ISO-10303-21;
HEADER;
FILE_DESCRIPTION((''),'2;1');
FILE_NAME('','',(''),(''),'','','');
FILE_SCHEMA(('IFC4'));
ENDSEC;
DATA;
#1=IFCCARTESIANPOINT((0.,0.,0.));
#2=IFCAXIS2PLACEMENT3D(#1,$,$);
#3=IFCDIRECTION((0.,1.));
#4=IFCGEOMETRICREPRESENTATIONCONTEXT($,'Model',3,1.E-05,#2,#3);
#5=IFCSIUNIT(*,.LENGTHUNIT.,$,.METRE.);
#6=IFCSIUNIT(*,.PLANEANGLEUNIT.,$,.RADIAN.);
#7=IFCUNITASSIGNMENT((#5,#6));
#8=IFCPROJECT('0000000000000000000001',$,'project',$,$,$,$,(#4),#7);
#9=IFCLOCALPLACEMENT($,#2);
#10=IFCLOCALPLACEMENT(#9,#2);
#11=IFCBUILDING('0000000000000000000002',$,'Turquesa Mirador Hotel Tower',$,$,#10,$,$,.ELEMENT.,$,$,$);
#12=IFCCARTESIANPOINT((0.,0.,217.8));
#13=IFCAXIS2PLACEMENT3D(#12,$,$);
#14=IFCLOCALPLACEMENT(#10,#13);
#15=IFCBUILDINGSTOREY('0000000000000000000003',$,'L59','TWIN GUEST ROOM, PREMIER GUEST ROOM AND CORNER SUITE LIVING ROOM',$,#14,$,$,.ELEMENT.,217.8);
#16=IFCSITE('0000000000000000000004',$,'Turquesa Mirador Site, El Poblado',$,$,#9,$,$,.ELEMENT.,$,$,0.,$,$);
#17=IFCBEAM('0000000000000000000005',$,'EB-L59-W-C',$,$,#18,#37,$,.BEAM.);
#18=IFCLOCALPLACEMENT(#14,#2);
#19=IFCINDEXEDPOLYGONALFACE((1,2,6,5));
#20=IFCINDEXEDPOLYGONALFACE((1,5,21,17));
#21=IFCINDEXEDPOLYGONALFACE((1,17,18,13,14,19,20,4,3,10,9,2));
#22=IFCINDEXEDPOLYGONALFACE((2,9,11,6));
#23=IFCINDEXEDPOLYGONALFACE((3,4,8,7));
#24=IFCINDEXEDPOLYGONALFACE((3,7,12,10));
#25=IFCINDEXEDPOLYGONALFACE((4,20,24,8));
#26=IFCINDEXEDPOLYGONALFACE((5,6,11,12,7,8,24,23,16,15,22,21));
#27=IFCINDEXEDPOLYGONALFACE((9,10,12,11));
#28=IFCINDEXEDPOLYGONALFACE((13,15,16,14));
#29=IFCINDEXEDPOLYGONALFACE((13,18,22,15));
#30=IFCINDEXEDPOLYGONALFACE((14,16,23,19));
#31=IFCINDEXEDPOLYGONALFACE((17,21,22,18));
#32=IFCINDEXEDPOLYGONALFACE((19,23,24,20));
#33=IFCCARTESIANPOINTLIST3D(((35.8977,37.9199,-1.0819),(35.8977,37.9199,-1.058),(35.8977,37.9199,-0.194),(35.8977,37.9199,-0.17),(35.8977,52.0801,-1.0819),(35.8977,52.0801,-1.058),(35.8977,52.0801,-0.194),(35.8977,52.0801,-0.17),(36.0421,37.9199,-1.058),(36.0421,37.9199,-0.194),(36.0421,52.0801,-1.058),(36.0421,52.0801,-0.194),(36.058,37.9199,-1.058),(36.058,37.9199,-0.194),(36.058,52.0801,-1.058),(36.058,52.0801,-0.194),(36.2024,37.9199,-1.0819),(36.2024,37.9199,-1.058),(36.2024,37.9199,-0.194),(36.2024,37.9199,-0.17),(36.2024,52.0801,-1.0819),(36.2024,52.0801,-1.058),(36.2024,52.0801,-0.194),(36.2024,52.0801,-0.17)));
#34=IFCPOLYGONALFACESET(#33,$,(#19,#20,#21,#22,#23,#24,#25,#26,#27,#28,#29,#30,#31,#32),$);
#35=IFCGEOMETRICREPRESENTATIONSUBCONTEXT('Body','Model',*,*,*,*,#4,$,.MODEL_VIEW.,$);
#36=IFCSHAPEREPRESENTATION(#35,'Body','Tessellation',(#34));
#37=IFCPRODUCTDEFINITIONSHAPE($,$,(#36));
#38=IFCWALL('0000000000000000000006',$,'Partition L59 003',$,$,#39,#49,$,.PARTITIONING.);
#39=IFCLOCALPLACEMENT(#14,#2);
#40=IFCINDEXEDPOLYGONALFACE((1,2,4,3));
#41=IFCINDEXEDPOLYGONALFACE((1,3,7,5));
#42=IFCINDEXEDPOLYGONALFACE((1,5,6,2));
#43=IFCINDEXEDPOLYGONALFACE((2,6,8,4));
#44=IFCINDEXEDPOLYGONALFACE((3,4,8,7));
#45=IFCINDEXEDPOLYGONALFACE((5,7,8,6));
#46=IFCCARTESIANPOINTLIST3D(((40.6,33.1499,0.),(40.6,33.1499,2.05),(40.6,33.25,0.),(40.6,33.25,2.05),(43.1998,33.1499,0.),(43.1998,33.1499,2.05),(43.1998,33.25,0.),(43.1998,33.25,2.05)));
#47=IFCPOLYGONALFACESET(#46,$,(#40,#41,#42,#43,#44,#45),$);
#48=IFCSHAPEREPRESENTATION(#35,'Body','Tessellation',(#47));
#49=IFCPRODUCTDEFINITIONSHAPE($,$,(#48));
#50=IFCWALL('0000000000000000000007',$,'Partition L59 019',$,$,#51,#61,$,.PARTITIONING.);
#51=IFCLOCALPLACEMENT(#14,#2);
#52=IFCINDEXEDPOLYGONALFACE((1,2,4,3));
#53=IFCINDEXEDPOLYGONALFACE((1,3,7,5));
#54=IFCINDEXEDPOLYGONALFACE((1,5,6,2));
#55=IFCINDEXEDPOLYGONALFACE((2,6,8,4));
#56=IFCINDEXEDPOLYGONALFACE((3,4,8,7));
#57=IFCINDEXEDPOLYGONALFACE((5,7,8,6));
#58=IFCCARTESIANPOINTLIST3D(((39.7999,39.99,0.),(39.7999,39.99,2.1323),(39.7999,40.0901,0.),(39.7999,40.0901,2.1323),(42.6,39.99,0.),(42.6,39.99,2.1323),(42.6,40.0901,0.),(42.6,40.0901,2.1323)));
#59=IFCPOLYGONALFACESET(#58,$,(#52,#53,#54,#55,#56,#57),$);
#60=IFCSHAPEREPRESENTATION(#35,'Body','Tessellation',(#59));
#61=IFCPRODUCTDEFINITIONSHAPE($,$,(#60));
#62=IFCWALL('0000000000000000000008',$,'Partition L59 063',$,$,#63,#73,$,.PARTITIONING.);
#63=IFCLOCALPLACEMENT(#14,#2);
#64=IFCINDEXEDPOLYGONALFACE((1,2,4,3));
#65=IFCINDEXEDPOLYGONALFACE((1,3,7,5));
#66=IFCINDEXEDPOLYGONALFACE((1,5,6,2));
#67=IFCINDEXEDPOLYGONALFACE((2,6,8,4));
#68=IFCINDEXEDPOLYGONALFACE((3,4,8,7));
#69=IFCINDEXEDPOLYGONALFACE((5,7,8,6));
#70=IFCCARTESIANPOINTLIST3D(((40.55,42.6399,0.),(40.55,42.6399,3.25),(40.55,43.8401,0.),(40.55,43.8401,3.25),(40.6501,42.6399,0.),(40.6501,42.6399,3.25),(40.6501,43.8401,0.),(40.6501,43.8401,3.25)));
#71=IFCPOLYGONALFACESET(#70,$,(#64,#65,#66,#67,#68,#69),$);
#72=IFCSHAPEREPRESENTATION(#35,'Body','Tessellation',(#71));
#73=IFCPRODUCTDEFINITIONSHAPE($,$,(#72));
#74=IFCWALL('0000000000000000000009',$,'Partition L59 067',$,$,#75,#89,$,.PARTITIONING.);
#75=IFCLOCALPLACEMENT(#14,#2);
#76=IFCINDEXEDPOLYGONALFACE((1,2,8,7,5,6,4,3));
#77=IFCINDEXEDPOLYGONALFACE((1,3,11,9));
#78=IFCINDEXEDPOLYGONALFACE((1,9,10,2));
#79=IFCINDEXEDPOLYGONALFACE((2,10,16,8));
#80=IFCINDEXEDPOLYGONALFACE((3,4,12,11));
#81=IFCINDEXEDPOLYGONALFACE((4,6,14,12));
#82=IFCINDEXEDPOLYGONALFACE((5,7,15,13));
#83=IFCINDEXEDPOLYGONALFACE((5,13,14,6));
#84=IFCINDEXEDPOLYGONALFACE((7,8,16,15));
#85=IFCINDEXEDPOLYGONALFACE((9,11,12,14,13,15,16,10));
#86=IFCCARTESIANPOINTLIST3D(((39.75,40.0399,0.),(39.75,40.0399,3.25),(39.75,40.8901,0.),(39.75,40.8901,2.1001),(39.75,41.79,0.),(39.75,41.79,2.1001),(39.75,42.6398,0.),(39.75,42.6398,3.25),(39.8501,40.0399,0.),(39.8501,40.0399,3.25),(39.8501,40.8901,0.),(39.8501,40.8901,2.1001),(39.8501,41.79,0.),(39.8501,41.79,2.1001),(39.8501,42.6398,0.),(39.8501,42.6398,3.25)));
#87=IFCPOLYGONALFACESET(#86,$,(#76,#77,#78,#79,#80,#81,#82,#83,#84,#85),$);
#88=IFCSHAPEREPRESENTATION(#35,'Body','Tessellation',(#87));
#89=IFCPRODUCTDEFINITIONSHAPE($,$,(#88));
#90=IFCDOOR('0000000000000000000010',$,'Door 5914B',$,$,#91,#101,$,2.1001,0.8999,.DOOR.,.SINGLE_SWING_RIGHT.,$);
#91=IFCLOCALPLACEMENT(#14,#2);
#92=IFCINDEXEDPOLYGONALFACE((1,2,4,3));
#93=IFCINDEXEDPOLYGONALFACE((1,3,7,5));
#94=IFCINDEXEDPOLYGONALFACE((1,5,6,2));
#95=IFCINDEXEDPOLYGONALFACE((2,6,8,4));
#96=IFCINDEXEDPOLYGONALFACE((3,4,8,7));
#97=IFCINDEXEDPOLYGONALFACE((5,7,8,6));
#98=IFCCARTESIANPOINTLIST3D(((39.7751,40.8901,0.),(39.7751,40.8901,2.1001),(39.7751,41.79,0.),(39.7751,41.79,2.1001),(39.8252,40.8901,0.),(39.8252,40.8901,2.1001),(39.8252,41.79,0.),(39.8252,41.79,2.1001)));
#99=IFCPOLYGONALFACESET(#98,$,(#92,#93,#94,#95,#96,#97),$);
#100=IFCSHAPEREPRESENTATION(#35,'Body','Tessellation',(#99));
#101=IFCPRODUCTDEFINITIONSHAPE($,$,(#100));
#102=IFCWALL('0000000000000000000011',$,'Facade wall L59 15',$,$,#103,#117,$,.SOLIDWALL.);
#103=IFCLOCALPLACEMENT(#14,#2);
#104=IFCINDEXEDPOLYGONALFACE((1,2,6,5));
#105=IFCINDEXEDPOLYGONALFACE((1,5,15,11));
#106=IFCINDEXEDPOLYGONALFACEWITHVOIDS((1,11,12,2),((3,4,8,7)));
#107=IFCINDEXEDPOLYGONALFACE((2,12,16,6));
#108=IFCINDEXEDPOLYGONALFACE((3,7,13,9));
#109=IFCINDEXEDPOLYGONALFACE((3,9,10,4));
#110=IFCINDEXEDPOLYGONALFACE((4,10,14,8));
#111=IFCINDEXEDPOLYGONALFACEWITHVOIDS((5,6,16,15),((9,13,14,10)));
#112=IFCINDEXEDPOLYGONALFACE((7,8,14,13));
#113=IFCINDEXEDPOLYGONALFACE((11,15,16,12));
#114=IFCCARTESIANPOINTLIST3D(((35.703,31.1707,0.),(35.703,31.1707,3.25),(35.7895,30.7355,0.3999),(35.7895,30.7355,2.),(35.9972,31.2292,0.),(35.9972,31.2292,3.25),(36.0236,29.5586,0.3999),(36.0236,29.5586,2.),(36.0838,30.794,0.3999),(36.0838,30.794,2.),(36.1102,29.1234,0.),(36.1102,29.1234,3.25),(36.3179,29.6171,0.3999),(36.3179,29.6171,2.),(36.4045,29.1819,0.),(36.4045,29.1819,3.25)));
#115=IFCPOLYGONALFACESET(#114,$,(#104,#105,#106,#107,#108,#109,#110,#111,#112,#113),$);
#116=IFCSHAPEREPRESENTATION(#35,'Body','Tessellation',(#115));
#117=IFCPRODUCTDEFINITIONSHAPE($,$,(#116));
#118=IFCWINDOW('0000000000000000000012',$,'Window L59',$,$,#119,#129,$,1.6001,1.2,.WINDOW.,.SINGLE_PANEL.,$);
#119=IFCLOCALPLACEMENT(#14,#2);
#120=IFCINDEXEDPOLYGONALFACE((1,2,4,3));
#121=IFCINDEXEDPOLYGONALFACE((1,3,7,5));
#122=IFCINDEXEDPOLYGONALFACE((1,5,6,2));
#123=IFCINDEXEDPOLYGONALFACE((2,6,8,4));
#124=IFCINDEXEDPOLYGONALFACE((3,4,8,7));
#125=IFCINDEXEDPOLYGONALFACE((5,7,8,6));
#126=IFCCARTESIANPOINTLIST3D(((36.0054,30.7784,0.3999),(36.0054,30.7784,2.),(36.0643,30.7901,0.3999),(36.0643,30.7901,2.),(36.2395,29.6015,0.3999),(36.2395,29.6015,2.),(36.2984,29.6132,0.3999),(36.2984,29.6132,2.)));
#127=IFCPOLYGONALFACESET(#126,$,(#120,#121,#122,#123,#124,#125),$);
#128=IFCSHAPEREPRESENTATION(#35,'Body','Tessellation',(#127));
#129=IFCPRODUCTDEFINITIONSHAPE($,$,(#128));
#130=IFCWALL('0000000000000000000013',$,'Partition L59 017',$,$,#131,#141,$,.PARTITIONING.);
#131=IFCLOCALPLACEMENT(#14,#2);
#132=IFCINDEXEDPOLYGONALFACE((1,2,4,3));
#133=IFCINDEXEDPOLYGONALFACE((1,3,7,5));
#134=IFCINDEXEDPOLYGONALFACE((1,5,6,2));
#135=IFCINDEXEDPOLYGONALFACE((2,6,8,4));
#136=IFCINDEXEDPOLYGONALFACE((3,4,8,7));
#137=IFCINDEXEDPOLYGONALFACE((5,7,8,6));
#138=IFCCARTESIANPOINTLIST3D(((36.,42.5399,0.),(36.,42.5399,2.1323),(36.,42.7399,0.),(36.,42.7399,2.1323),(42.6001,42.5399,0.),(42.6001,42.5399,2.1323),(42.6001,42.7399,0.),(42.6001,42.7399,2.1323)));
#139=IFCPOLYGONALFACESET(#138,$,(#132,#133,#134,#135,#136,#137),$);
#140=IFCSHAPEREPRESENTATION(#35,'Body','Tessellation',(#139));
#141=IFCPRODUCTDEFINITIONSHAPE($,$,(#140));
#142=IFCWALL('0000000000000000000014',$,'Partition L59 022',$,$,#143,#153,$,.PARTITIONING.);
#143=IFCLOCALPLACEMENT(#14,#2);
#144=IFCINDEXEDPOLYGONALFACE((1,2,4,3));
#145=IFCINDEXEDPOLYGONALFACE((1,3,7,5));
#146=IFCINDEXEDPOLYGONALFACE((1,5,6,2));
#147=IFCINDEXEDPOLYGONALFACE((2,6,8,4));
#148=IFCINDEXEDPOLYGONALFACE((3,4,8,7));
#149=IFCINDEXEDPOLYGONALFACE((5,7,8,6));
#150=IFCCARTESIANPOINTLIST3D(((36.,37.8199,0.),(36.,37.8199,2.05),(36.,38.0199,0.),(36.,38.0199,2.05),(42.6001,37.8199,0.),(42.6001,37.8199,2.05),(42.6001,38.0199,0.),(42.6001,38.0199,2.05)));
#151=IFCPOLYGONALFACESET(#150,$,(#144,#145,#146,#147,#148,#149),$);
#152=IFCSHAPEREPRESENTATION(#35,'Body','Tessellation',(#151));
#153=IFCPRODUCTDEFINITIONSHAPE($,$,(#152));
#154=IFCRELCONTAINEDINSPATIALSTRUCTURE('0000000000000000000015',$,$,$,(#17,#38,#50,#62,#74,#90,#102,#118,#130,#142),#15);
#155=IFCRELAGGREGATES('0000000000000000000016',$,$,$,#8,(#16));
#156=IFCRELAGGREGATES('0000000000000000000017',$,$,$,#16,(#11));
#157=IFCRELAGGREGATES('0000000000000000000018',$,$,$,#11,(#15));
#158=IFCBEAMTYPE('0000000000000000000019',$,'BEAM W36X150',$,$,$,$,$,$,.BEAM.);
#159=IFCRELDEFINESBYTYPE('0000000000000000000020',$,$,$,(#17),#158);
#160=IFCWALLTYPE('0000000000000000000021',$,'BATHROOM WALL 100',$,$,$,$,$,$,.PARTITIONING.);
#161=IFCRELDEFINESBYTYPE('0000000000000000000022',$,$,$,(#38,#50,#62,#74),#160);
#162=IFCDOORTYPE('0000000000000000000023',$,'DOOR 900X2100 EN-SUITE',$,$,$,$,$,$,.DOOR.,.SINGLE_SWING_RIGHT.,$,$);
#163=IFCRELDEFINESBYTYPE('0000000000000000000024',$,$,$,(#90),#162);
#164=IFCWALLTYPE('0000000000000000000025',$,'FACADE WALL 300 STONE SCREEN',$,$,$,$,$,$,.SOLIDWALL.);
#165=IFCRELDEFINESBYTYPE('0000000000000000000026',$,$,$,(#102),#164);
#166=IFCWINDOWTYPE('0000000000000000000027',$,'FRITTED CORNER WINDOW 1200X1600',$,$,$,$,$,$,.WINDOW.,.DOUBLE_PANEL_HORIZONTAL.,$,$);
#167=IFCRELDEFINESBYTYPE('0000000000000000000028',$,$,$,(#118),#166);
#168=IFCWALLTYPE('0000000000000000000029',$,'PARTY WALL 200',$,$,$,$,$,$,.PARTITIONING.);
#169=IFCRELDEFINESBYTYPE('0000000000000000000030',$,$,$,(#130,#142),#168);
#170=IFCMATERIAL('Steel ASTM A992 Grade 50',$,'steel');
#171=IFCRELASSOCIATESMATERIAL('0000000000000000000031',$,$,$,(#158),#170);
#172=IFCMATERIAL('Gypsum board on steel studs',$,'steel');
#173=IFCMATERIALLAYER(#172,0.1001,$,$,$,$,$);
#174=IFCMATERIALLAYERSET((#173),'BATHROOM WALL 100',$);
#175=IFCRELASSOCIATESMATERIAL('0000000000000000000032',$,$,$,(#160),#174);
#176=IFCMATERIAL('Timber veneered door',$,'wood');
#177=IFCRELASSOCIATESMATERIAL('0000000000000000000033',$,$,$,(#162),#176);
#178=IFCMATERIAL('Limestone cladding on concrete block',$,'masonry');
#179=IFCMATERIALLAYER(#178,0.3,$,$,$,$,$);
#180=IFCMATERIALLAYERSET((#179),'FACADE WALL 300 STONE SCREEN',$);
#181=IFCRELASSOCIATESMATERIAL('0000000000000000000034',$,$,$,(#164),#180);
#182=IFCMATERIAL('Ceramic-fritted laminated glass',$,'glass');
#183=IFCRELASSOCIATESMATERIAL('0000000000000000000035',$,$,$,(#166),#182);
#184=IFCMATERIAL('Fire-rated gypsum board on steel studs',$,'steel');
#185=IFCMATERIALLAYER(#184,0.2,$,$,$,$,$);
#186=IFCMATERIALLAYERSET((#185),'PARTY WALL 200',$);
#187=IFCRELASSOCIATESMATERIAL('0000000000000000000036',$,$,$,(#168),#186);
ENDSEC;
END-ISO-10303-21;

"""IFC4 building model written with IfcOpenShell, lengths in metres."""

from ifc_helpers import new_model, si_unit, direction, frame, frame_2d, origin, origin_2d, place, context, subcontext, project, spatial, rectangle, i_section, extrude, material, layer, layer_set, material_profile, profile_set, type_object, element, fill, save


model = new_model("IFC4")

# Units and contexts
model_context = context("Model", 3, precision=1e-05, world=origin(), true_north=direction((0.0, 1.0)))
body_context = subcontext(model_context, "Body", "Model", "MODEL_VIEW")
ifc_project = project(units=[si_unit("LENGTHUNIT", "METRE"), si_unit("PLANEANGLEUNIT", "RADIAN")], contexts=[model_context])

# Site, building, storey
site_placement = place(None, origin())
site = spatial("IfcSite", under=ifc_project, at=site_placement, Name="Turquesa Mirador Site, El Poblado", CompositionType="ELEMENT", RefElevation=0.0)
building_placement = place(site_placement, origin())
building = spatial("IfcBuilding", under=site, at=building_placement, Name="Turquesa Mirador Hotel Tower", CompositionType="ELEMENT")
storey_placement = place(building_placement, frame((0.0, 0.0, 217.8)))
storey = spatial("IfcBuildingStorey", under=building, at=storey_placement, Name="L59", Description="TWIN GUEST ROOM, PREMIER GUEST ROOM AND CORNER SUITE LIVING ROOM", CompositionType="ELEMENT", Elevation=217.8)

# Beam
ifc_material_1 = material(Name="Steel ASTM A992 Grade 50", Category="steel")
ifc_material_profile_1 = material_profile(ifc_material_1, i_section(OverallWidth=0.3047, OverallDepth=0.9119, WebThickness=0.0159, FlangeThickness=0.0239, at=origin_2d()), Name="W36X150")
ifc_profile_set_1 = profile_set([ifc_material_profile_1], Name="Steel ASTM A992 Grade 50")
beam_type_1 = type_object("IfcBeamType", Name="BEAM W36X150", PredefinedType="BEAM", material=ifc_profile_set_1)
beam_1_placement = place(storey_placement, frame((36.05, 37.9199, -0.626), z_axis=(0.0, 1.0, 0.0), x_axis=(-1.0, 0.0, 0.0)))
element("IfcBeam", 1, at=beam_1_placement, inside=storey, type_object=beam_type_1, Name="EB-L59-W-C", PredefinedType="BEAM", context=body_context, shape_type="SweptSolid", body=[
    extrude(i_section(OverallWidth=0.3047, OverallDepth=0.9119, WebThickness=0.0159, FlangeThickness=0.0239, at=origin_2d()), origin(), (0.0, 0.0, 1.0), 14.1602),
])

# Walls
ifc_material_2 = material(Name="Gypsum board on steel studs", Category="steel")
ifc_layer_1 = layer(ifc_material_2, 0.1001)
ifc_layer_set_1 = layer_set([ifc_layer_1], Name="BATHROOM WALL 100")
wall_type_1 = type_object("IfcWallType", Name="BATHROOM WALL 100", PredefinedType="PARTITIONING", material=ifc_layer_set_1)
wall_1_placement = place(storey_placement, frame((40.6001, 33.2, 0.0), z_axis=(0.0, 0.0, 1.0), x_axis=(1.0, 0.0, 0.0)))
element("IfcWall", 2, at=wall_1_placement, inside=storey, type_object=wall_type_1, Name="Partition L59 003", PredefinedType="PARTITIONING", context=body_context, shape_type="SweptSolid", body=[
    extrude(rectangle(XDim=2.5999, YDim=0.1001, at=frame_2d((1.2998, 0.0))), origin(), (0.0, 0.0, 1.0), 2.05),
])
wall_2_placement = place(storey_placement, frame((39.8, 40.04, 0.0), z_axis=(0.0, 0.0, 1.0), x_axis=(1.0, 0.0, 0.0)))
element("IfcWall", 3, at=wall_2_placement, inside=storey, type_object=wall_type_1, Name="Partition L59 019", PredefinedType="PARTITIONING", context=body_context, shape_type="SweptSolid", body=[
    extrude(rectangle(XDim=2.8, YDim=0.1001, at=frame_2d((1.3999, 0.0))), origin(), (0.0, 0.0, 1.0), 2.1323),
])
wall_3_placement = place(storey_placement, frame((40.6001, 42.6399, 0.0), z_axis=(0.0, 0.0, 1.0), x_axis=(0.0, 1.0, 0.0)))
element("IfcWall", 4, at=wall_3_placement, inside=storey, type_object=wall_type_1, Name="Partition L59 063", PredefinedType="PARTITIONING", context=body_context, shape_type="SweptSolid", body=[
    extrude(rectangle(XDim=1.2002, YDim=0.1001, at=frame_2d((0.6001, 0.0))), origin(), (0.0, 0.0, 1.0), 3.25),
])

# Wall, opening, door
wall_4_placement = place(storey_placement, frame((39.8, 40.04, 0.0), z_axis=(0.0, 0.0, 1.0), x_axis=(0.0, 1.0, 0.0)))
wall_4 = element("IfcWall", 5, at=wall_4_placement, inside=storey, type_object=wall_type_1, Name="Partition L59 067", PredefinedType="PARTITIONING", context=body_context, shape_type="SweptSolid", body=[
    extrude(rectangle(XDim=2.5999, YDim=0.1001, at=frame_2d((1.2998, 0.0))), origin(), (0.0, 0.0, 1.0), 3.25),
])
opening_1_placement = place(wall_4_placement, frame((0.8501, 0.0, 0.0)))
opening_1 = element("IfcOpeningElement", 6, at=opening_1_placement, cuts=wall_4, PredefinedType="OPENING", context=body_context, shape_type="SweptSolid", body=[
    extrude(rectangle(XDim=0.8999, YDim=2.1001, at=frame_2d((0.45, 1.05))), frame((0.0, 0.0601, 0.0), z_axis=(0.0, -1.0, 0.0), x_axis=(1.0, 0.0, 0.0)), (0.0, 0.0, 1.0), 0.1201),
])
ifc_material_3 = material(Name="Timber veneered door", Category="wood")
door_type_1 = type_object("IfcDoorType", Name="DOOR 900X2100 EN-SUITE", OperationType="SINGLE_SWING_RIGHT", PredefinedType="DOOR", material=ifc_material_3)
door_1_placement = place(opening_1_placement, origin())
door_1 = element("IfcDoor", 7, at=door_1_placement, inside=storey, type_object=door_type_1, Name="Door 5914B", OperationType="SINGLE_SWING_RIGHT", OverallHeight=2.1001, OverallWidth=0.8999, PredefinedType="DOOR", context=body_context, shape_type="SweptSolid", body=[
    extrude(rectangle(XDim=0.8999, YDim=2.1001, at=frame_2d((0.45, 1.05))), frame((0.0, 0.0249, 0.0), z_axis=(0.0, -1.0, 0.0), x_axis=(1.0, 0.0, 0.0)), (0.0, 0.0, 1.0), 0.05),
])
fill(opening_1, door_1)

# Wall, opening, window
ifc_material_4 = material(Name="Limestone cladding on concrete block", Category="masonry")
ifc_layer_2 = layer(ifc_material_4, 0.3)
ifc_layer_set_2 = layer_set([ifc_layer_2], Name="FACADE WALL 300 STONE SCREEN")
wall_type_2 = type_object("IfcWallType", Name="FACADE WALL 300 STONE SCREEN", PredefinedType="SOLIDWALL", material=ifc_layer_set_2)
wall_5_placement = place(storey_placement, frame((35.8501, 31.2, 0.0), z_axis=(0.0, 0.0, 1.0), x_axis=(0.195081, -0.980787, 0.0)))
wall_5 = element("IfcWall", 8, at=wall_5_placement, inside=storey, type_object=wall_type_2, Name="Facade wall L59 15", PredefinedType="SOLIDWALL", context=body_context, shape_type="SweptSolid", body=[
    extrude(rectangle(XDim=2.0874, YDim=0.3, at=frame_2d((1.0437, 0.0))), origin(), (0.0, 0.0, 1.0), 3.25),
])
opening_2_placement = place(wall_5_placement, frame((0.4436, 0.0, 0.3999)))
opening_2 = element("IfcOpeningElement", 9, at=opening_2_placement, cuts=wall_5, PredefinedType="OPENING", context=body_context, shape_type="SweptSolid", body=[
    extrude(rectangle(XDim=1.2, YDim=1.6001, at=frame_2d((0.6001, 0.8))), frame((0.0, 0.1599, 0.0), z_axis=(0.0, -1.0, 0.0), x_axis=(1.0, 0.0, 0.0)), (0.0, 0.0, 1.0), 0.3201),
])
ifc_material_5 = material(Name="Ceramic-fritted laminated glass", Category="glass")
window_type = type_object("IfcWindowType", Name="FRITTED CORNER WINDOW 1200X1600", PartitioningType="DOUBLE_PANEL_HORIZONTAL", PredefinedType="WINDOW", material=ifc_material_5)
window_placement = place(opening_2_placement, origin())
window = element("IfcWindow", 10, at=window_placement, inside=storey, type_object=window_type, Name="Window L59", OverallHeight=1.6001, OverallWidth=1.2, PartitioningType="SINGLE_PANEL", PredefinedType="WINDOW", context=body_context, shape_type="SweptSolid", body=[
    extrude(rectangle(XDim=1.2, YDim=1.6001, at=frame_2d((0.6001, 0.8))), frame((0.0, 0.1301, 0.0), z_axis=(0.0, -1.0, 0.0), x_axis=(1.0, 0.0, 0.0)), (0.0, 0.0, 1.0), 0.0601),
])
fill(opening_2, window)

# Walls
ifc_material_6 = material(Name="Fire-rated gypsum board on steel studs", Category="steel")
ifc_layer_3 = layer(ifc_material_6, 0.2)
ifc_layer_set_3 = layer_set([ifc_layer_3], Name="PARTY WALL 200")
wall_type_3 = type_object("IfcWallType", Name="PARTY WALL 200", PredefinedType="PARTITIONING", material=ifc_layer_set_3)
wall_6_placement = place(storey_placement, frame((36.0, 42.6399, 0.0), z_axis=(0.0, 0.0, 1.0), x_axis=(1.0, 0.0, 0.0)))
element("IfcWall", 11, at=wall_6_placement, inside=storey, type_object=wall_type_3, Name="Partition L59 017", PredefinedType="PARTITIONING", context=body_context, shape_type="SweptSolid", body=[
    extrude(rectangle(XDim=6.6001, YDim=0.2, at=frame_2d((3.3, 0.0))), origin(), (0.0, 0.0, 1.0), 2.1323),
])
wall_7_placement = place(storey_placement, frame((36.0, 37.9199, 0.0), z_axis=(0.0, 0.0, 1.0), x_axis=(1.0, 0.0, 0.0)))
element("IfcWall", 12, at=wall_7_placement, inside=storey, type_object=wall_type_3, Name="Partition L59 022", PredefinedType="PARTITIONING", context=body_context, shape_type="SweptSolid", body=[
    extrude(rectangle(XDim=6.6001, YDim=0.2, at=frame_2d((3.3, 0.0))), origin(), (0.0, 0.0, 1.0), 2.05),
])

save(model, "model.ifc")
